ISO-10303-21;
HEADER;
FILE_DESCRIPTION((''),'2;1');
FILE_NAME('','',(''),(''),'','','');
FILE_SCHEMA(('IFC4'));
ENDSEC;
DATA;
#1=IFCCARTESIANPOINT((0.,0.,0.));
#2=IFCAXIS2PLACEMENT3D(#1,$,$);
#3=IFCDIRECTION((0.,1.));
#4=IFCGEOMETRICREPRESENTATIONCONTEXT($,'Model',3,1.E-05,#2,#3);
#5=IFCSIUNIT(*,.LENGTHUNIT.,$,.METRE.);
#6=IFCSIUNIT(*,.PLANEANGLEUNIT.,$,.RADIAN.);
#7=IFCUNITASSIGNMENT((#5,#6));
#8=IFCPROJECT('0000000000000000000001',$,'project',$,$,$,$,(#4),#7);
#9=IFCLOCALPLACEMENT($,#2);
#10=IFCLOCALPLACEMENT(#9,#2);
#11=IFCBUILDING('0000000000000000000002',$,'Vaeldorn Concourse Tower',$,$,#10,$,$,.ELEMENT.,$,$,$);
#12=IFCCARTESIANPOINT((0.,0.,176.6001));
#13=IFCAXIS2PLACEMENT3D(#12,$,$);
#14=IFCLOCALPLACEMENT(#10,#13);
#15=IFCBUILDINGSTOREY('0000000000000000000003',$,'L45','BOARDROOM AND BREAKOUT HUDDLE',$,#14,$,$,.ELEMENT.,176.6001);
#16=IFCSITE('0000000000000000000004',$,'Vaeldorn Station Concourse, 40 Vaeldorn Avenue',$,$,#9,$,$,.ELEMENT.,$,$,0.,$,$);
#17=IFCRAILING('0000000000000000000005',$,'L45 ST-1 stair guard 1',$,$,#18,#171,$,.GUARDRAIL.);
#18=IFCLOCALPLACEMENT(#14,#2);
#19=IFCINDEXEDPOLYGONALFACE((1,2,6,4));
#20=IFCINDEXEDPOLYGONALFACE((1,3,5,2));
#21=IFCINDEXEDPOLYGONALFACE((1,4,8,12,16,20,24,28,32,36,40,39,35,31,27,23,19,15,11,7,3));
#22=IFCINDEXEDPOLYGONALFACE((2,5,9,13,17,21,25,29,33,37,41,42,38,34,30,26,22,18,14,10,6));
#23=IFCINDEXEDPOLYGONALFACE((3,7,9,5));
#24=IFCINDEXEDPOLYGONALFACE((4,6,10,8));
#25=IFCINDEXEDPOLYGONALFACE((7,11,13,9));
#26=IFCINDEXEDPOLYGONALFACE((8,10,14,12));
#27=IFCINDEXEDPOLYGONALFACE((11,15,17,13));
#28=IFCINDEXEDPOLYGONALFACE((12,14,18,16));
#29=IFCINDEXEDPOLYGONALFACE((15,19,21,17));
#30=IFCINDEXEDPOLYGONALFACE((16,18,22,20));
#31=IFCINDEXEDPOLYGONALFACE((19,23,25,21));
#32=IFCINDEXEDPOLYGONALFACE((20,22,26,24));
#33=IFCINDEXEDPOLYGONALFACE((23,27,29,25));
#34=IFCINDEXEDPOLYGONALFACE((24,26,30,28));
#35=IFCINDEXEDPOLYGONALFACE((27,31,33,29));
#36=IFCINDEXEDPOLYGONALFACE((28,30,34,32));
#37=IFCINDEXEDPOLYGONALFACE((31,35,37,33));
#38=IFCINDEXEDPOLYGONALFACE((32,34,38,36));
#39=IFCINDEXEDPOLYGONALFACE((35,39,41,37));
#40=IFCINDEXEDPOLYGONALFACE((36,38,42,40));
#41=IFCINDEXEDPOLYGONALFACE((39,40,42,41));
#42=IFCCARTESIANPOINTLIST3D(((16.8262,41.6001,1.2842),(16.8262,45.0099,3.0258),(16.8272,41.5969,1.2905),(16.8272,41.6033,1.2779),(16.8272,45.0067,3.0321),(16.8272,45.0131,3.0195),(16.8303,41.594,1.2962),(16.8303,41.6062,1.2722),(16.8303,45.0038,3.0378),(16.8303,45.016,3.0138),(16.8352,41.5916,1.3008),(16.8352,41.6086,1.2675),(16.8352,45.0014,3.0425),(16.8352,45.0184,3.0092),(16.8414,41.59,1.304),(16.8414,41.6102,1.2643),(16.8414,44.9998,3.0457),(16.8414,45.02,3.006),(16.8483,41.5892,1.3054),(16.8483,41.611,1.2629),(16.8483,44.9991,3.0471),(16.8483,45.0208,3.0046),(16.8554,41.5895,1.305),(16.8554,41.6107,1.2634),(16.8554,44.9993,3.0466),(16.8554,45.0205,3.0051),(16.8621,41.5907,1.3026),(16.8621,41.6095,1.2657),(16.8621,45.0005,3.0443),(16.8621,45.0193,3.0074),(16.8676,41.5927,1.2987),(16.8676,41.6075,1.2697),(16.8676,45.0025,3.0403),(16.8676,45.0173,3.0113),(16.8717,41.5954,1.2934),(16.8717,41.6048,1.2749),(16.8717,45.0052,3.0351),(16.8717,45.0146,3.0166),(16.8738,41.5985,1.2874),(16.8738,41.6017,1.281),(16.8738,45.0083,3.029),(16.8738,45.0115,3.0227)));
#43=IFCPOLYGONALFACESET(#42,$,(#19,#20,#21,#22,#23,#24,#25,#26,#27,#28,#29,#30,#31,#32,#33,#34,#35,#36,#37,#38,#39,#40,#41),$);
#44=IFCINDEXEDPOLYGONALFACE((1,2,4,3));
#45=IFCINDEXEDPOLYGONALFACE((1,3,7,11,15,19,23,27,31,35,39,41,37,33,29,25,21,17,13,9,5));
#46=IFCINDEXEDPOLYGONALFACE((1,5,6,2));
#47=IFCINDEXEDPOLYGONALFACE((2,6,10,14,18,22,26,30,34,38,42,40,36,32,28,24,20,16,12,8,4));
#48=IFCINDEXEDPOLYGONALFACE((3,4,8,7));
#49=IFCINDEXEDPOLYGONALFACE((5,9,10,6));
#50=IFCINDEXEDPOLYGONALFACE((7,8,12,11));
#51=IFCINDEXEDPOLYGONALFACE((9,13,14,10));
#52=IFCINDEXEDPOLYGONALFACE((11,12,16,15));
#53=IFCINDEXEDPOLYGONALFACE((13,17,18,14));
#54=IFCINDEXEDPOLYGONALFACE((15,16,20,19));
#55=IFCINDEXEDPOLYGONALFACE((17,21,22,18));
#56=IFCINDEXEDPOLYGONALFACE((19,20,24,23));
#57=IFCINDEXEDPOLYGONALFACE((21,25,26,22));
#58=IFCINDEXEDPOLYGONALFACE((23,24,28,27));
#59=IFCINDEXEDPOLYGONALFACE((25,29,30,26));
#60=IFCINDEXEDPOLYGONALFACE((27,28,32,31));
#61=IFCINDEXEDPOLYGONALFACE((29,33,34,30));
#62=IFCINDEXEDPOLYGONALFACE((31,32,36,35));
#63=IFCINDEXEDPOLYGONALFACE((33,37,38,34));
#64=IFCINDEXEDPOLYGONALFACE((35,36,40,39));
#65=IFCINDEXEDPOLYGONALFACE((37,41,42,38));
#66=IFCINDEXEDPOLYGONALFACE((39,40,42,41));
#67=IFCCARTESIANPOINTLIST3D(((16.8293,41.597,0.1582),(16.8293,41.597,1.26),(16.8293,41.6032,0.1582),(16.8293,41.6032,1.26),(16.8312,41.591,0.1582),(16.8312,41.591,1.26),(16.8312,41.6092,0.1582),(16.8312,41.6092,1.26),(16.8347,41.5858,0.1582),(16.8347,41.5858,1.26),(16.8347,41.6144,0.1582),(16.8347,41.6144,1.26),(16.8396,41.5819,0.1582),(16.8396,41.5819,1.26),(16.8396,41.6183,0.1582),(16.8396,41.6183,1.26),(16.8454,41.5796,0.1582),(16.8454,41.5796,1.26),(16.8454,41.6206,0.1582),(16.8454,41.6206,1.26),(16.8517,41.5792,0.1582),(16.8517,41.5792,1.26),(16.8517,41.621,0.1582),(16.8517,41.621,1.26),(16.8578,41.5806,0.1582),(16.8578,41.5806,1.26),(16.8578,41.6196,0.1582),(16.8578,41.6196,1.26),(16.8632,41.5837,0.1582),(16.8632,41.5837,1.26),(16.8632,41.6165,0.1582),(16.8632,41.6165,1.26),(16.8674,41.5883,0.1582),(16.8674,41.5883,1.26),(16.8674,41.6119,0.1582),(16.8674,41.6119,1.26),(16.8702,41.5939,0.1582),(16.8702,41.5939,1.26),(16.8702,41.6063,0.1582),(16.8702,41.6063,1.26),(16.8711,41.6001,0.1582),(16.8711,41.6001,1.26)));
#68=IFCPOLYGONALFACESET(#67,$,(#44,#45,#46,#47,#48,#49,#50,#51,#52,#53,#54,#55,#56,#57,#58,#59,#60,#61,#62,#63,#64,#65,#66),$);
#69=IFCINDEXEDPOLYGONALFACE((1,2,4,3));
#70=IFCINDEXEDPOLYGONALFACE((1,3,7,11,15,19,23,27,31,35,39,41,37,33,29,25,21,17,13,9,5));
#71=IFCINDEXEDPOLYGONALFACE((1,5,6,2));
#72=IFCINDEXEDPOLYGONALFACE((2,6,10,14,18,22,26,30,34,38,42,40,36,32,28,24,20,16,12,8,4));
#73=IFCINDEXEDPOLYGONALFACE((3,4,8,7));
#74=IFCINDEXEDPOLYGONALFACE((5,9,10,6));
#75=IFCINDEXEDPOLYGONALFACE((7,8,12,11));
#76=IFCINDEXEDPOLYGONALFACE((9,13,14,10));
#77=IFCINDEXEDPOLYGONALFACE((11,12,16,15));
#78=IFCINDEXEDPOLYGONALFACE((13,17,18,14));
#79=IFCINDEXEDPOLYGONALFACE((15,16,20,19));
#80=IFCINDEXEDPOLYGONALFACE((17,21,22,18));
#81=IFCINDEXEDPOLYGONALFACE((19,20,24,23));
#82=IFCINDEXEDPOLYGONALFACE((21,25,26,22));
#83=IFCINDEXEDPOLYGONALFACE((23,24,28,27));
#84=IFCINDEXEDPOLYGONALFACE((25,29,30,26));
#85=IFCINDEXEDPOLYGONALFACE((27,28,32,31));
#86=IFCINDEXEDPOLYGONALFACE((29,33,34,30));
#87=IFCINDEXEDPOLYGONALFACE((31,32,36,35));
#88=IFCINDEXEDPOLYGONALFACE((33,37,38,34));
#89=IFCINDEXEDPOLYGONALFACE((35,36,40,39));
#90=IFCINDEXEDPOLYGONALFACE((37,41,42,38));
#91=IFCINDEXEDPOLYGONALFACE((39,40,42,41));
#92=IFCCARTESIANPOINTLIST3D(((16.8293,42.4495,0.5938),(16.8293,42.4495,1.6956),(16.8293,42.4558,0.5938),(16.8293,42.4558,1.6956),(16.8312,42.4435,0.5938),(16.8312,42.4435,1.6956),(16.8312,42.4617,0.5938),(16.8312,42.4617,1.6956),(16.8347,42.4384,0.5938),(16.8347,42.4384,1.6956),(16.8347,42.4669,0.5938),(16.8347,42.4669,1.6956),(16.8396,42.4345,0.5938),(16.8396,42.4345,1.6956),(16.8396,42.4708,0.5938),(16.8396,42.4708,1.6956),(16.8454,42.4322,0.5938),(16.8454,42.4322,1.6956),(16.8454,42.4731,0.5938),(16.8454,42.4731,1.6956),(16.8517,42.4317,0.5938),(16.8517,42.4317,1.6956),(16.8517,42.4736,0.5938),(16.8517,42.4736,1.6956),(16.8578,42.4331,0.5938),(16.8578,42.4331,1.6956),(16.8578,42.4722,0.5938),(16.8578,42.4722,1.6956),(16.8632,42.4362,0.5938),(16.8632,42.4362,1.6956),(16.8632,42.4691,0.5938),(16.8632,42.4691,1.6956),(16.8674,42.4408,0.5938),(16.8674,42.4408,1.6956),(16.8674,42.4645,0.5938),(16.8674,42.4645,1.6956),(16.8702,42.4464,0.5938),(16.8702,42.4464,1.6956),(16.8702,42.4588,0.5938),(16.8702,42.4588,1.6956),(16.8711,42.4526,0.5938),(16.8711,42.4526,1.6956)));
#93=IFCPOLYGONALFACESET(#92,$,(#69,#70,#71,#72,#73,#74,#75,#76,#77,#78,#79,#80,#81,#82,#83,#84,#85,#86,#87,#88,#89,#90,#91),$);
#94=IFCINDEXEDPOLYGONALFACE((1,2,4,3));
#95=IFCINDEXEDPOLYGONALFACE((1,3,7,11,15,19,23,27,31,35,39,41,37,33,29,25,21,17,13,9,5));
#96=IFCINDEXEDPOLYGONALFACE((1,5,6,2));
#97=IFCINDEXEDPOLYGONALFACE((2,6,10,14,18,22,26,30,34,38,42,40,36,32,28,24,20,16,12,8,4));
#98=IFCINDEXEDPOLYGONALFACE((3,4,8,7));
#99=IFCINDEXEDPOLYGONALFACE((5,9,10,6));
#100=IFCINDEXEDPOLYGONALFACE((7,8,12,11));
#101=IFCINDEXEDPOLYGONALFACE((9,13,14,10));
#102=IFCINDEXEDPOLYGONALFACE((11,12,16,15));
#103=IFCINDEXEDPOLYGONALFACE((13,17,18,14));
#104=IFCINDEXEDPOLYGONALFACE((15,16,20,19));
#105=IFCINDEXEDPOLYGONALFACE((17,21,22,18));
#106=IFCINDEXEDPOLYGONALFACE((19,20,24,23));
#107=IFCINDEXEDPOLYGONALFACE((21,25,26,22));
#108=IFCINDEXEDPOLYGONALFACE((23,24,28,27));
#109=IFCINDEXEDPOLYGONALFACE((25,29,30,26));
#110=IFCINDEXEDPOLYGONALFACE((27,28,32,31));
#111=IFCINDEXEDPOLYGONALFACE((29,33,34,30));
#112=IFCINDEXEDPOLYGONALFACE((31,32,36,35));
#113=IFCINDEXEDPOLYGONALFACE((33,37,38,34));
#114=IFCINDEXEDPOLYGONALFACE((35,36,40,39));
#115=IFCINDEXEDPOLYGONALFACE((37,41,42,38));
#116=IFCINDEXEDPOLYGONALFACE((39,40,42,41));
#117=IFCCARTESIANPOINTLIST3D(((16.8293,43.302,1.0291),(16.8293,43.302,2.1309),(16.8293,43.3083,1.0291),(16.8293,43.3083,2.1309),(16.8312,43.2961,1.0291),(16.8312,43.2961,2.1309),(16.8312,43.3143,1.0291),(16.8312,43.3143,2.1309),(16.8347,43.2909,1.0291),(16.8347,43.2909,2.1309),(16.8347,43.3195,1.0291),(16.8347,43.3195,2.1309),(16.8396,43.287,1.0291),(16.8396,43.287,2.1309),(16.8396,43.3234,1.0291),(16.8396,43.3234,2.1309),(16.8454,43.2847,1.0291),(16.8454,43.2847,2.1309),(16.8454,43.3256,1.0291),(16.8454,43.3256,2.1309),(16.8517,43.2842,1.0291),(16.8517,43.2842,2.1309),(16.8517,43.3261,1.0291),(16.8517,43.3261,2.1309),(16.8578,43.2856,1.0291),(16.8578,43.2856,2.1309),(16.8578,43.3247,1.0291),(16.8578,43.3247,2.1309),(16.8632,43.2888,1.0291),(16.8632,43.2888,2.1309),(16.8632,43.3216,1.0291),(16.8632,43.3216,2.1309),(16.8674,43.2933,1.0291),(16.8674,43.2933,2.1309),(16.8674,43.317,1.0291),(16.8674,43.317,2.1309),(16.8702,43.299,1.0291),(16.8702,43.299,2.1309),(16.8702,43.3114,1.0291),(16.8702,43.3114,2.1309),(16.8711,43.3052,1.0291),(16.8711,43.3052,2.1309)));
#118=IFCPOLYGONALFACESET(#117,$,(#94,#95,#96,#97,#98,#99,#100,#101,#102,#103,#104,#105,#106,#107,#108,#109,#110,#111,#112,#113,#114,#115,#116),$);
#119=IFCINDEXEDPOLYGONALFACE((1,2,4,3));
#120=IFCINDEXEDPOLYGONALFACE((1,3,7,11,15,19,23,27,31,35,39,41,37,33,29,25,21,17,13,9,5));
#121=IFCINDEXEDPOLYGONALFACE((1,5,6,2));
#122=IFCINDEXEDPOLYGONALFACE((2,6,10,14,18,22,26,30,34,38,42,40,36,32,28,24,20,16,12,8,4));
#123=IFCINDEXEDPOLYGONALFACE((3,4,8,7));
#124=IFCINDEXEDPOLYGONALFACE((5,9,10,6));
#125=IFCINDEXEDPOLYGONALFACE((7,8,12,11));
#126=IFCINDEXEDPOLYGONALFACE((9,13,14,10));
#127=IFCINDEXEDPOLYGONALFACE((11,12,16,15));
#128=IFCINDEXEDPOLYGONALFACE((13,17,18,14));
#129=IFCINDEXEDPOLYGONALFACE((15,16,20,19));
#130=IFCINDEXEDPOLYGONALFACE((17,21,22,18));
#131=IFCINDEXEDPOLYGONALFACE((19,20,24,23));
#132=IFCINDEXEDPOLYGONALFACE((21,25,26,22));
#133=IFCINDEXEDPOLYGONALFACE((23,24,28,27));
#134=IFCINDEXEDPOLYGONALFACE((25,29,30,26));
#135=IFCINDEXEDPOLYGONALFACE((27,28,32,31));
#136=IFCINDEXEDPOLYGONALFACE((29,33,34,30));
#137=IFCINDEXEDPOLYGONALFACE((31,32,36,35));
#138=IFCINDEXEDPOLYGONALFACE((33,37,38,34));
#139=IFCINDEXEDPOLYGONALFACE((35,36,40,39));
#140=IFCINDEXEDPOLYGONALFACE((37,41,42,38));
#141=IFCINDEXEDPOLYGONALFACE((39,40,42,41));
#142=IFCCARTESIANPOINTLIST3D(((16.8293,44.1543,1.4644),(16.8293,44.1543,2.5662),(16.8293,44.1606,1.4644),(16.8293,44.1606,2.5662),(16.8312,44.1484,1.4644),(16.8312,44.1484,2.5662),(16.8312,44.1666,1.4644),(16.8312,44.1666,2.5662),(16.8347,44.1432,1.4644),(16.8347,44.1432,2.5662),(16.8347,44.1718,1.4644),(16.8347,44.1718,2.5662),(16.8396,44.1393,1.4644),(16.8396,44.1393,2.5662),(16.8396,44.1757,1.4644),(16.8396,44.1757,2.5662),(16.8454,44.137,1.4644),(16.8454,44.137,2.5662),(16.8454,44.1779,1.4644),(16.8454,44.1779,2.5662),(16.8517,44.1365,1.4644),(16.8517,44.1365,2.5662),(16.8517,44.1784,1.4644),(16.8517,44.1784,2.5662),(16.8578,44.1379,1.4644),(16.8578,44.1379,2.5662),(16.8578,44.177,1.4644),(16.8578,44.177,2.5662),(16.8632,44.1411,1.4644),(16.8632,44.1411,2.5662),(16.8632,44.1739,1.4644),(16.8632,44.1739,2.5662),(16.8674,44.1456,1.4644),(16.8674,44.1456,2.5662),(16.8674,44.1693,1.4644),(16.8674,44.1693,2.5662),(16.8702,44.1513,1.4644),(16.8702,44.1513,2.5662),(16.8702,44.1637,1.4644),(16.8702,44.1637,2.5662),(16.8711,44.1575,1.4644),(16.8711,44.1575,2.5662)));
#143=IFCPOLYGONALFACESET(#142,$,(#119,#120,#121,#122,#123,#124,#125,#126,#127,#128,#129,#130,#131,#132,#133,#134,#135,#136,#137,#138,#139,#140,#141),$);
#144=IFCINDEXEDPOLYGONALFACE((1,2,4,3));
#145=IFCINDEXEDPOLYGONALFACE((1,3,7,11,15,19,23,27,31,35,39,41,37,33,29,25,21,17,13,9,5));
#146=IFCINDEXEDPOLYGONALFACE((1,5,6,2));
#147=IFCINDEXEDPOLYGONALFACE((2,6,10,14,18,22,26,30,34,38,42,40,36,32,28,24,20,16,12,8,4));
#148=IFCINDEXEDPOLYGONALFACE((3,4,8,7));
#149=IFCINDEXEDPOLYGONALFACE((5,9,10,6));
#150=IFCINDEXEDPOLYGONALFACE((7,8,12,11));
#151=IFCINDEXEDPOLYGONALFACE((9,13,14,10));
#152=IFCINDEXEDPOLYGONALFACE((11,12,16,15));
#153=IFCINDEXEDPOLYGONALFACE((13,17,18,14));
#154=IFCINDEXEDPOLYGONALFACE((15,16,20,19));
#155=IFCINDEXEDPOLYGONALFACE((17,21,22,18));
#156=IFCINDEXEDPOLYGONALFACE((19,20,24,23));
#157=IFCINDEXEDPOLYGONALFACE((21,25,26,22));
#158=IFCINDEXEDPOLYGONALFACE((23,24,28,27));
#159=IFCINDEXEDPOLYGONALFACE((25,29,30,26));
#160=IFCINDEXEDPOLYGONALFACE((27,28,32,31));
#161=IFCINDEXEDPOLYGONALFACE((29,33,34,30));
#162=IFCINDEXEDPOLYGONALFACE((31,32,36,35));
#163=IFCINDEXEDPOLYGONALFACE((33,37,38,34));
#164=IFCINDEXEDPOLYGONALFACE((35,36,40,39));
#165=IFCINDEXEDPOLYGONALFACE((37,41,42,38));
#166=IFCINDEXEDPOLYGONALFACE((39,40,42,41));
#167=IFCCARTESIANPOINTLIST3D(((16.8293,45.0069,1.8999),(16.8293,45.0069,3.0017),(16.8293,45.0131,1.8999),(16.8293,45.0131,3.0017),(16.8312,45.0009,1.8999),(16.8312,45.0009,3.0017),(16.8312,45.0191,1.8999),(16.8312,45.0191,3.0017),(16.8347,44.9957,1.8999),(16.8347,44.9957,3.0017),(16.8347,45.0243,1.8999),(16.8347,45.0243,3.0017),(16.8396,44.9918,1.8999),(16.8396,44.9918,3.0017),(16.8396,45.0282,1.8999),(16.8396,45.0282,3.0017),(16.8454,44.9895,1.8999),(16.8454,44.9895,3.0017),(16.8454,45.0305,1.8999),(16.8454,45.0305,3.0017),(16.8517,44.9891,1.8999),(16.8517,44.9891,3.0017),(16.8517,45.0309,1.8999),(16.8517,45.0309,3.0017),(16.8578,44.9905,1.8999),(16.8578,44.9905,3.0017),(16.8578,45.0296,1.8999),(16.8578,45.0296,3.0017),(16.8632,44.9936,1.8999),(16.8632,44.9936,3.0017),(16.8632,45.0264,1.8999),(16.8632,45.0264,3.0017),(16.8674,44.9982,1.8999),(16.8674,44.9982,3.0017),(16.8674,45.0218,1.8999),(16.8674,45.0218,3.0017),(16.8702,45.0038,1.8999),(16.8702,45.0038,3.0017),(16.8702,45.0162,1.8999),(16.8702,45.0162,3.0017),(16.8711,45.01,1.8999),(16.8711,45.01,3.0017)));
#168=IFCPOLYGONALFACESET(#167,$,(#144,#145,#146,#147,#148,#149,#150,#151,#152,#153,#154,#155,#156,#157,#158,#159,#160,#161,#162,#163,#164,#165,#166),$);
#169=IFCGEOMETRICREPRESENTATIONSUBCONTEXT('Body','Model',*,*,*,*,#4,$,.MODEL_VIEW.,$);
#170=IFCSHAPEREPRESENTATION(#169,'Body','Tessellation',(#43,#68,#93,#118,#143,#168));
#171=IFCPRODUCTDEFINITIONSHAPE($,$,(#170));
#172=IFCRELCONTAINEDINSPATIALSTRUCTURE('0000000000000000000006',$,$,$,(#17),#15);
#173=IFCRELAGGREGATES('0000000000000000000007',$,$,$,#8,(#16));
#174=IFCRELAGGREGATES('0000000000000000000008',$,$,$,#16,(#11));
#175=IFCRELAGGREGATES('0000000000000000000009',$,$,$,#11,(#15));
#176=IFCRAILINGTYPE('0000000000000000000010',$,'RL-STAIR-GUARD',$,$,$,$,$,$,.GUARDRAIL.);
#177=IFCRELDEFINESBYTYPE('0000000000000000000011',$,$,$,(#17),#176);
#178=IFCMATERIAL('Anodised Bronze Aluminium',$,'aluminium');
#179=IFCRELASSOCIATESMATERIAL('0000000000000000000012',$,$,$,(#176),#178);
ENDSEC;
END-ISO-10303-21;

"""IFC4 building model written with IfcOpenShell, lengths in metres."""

from ifc_helpers import new_model, si_unit, direction, frame, origin, origin_2d, place, context, subcontext, project, spatial, circle, extrude, material, type_object, element, save


model = new_model("IFC4")

# Units and contexts
model_context = context("Model", 3, precision=1e-05, world=origin(), true_north=direction((0.0, 1.0)))
body_context = subcontext(model_context, "Body", "Model", "MODEL_VIEW")
ifc_project = project(units=[si_unit("LENGTHUNIT", "METRE"), si_unit("PLANEANGLEUNIT", "RADIAN")], contexts=[model_context])

# Site, building, storey
site_placement = place(None, origin())
site = spatial("IfcSite", under=ifc_project, at=site_placement, Name="Vaeldorn Station Concourse, 40 Vaeldorn Avenue", CompositionType="ELEMENT", RefElevation=0.0)
building_placement = place(site_placement, origin())
building = spatial("IfcBuilding", under=site, at=building_placement, Name="Vaeldorn Concourse Tower", CompositionType="ELEMENT")
storey_placement = place(building_placement, frame((0.0, 0.0, 176.6001)))
storey = spatial("IfcBuildingStorey", under=building, at=storey_placement, Name="L45", Description="BOARDROOM AND BREAKOUT HUDDLE", CompositionType="ELEMENT", Elevation=176.6001)

# Railing
ifc_material_1 = material(Name="Anodised Bronze Aluminium", Category="aluminium")
railing_type_1 = type_object("IfcRailingType", Name="RL-STAIR-GUARD", PredefinedType="GUARDRAIL", material=ifc_material_1)
railing_1_placement = place(storey_placement, frame((16.8501, 41.6001, 0.1582)))
element("IfcRailing", 1, at=railing_1_placement, inside=storey, type_object=railing_type_1, Name="L45 ST-1 stair guard 1", PredefinedType="GUARDRAIL", context=body_context, shape_type="SweptSolid", body=[
    extrude(circle(Radius=0.0239, at=origin_2d()), frame((0.0, 0.0, 1.126), z_axis=(0.0, 0.890556, 0.454874), x_axis=(-1.0, 0.0, 0.0)), (0.0, 0.0, 1.0), 3.8289),
    extrude(circle(Radius=0.021, at=origin_2d()), origin(), (0.0, 0.0, 1.0), 1.1018),
    extrude(circle(Radius=0.021, at=origin_2d()), frame((0.0, 0.8525, 0.4355)), (0.0, 0.0, 1.0), 1.1018),
    extrude(circle(Radius=0.021, at=origin_2d()), frame((0.0, 1.7051, 0.8708)), (0.0, 0.0, 1.0), 1.1018),
    extrude(circle(Radius=0.021, at=origin_2d()), frame((0.0, 2.5574, 1.3062)), (0.0, 0.0, 1.0), 1.1018),
    extrude(circle(Radius=0.021, at=origin_2d()), frame((0.0, 3.4099, 1.7417)), (0.0, 0.0, 1.0), 1.1018),
])

save(model, "model.ifc")
